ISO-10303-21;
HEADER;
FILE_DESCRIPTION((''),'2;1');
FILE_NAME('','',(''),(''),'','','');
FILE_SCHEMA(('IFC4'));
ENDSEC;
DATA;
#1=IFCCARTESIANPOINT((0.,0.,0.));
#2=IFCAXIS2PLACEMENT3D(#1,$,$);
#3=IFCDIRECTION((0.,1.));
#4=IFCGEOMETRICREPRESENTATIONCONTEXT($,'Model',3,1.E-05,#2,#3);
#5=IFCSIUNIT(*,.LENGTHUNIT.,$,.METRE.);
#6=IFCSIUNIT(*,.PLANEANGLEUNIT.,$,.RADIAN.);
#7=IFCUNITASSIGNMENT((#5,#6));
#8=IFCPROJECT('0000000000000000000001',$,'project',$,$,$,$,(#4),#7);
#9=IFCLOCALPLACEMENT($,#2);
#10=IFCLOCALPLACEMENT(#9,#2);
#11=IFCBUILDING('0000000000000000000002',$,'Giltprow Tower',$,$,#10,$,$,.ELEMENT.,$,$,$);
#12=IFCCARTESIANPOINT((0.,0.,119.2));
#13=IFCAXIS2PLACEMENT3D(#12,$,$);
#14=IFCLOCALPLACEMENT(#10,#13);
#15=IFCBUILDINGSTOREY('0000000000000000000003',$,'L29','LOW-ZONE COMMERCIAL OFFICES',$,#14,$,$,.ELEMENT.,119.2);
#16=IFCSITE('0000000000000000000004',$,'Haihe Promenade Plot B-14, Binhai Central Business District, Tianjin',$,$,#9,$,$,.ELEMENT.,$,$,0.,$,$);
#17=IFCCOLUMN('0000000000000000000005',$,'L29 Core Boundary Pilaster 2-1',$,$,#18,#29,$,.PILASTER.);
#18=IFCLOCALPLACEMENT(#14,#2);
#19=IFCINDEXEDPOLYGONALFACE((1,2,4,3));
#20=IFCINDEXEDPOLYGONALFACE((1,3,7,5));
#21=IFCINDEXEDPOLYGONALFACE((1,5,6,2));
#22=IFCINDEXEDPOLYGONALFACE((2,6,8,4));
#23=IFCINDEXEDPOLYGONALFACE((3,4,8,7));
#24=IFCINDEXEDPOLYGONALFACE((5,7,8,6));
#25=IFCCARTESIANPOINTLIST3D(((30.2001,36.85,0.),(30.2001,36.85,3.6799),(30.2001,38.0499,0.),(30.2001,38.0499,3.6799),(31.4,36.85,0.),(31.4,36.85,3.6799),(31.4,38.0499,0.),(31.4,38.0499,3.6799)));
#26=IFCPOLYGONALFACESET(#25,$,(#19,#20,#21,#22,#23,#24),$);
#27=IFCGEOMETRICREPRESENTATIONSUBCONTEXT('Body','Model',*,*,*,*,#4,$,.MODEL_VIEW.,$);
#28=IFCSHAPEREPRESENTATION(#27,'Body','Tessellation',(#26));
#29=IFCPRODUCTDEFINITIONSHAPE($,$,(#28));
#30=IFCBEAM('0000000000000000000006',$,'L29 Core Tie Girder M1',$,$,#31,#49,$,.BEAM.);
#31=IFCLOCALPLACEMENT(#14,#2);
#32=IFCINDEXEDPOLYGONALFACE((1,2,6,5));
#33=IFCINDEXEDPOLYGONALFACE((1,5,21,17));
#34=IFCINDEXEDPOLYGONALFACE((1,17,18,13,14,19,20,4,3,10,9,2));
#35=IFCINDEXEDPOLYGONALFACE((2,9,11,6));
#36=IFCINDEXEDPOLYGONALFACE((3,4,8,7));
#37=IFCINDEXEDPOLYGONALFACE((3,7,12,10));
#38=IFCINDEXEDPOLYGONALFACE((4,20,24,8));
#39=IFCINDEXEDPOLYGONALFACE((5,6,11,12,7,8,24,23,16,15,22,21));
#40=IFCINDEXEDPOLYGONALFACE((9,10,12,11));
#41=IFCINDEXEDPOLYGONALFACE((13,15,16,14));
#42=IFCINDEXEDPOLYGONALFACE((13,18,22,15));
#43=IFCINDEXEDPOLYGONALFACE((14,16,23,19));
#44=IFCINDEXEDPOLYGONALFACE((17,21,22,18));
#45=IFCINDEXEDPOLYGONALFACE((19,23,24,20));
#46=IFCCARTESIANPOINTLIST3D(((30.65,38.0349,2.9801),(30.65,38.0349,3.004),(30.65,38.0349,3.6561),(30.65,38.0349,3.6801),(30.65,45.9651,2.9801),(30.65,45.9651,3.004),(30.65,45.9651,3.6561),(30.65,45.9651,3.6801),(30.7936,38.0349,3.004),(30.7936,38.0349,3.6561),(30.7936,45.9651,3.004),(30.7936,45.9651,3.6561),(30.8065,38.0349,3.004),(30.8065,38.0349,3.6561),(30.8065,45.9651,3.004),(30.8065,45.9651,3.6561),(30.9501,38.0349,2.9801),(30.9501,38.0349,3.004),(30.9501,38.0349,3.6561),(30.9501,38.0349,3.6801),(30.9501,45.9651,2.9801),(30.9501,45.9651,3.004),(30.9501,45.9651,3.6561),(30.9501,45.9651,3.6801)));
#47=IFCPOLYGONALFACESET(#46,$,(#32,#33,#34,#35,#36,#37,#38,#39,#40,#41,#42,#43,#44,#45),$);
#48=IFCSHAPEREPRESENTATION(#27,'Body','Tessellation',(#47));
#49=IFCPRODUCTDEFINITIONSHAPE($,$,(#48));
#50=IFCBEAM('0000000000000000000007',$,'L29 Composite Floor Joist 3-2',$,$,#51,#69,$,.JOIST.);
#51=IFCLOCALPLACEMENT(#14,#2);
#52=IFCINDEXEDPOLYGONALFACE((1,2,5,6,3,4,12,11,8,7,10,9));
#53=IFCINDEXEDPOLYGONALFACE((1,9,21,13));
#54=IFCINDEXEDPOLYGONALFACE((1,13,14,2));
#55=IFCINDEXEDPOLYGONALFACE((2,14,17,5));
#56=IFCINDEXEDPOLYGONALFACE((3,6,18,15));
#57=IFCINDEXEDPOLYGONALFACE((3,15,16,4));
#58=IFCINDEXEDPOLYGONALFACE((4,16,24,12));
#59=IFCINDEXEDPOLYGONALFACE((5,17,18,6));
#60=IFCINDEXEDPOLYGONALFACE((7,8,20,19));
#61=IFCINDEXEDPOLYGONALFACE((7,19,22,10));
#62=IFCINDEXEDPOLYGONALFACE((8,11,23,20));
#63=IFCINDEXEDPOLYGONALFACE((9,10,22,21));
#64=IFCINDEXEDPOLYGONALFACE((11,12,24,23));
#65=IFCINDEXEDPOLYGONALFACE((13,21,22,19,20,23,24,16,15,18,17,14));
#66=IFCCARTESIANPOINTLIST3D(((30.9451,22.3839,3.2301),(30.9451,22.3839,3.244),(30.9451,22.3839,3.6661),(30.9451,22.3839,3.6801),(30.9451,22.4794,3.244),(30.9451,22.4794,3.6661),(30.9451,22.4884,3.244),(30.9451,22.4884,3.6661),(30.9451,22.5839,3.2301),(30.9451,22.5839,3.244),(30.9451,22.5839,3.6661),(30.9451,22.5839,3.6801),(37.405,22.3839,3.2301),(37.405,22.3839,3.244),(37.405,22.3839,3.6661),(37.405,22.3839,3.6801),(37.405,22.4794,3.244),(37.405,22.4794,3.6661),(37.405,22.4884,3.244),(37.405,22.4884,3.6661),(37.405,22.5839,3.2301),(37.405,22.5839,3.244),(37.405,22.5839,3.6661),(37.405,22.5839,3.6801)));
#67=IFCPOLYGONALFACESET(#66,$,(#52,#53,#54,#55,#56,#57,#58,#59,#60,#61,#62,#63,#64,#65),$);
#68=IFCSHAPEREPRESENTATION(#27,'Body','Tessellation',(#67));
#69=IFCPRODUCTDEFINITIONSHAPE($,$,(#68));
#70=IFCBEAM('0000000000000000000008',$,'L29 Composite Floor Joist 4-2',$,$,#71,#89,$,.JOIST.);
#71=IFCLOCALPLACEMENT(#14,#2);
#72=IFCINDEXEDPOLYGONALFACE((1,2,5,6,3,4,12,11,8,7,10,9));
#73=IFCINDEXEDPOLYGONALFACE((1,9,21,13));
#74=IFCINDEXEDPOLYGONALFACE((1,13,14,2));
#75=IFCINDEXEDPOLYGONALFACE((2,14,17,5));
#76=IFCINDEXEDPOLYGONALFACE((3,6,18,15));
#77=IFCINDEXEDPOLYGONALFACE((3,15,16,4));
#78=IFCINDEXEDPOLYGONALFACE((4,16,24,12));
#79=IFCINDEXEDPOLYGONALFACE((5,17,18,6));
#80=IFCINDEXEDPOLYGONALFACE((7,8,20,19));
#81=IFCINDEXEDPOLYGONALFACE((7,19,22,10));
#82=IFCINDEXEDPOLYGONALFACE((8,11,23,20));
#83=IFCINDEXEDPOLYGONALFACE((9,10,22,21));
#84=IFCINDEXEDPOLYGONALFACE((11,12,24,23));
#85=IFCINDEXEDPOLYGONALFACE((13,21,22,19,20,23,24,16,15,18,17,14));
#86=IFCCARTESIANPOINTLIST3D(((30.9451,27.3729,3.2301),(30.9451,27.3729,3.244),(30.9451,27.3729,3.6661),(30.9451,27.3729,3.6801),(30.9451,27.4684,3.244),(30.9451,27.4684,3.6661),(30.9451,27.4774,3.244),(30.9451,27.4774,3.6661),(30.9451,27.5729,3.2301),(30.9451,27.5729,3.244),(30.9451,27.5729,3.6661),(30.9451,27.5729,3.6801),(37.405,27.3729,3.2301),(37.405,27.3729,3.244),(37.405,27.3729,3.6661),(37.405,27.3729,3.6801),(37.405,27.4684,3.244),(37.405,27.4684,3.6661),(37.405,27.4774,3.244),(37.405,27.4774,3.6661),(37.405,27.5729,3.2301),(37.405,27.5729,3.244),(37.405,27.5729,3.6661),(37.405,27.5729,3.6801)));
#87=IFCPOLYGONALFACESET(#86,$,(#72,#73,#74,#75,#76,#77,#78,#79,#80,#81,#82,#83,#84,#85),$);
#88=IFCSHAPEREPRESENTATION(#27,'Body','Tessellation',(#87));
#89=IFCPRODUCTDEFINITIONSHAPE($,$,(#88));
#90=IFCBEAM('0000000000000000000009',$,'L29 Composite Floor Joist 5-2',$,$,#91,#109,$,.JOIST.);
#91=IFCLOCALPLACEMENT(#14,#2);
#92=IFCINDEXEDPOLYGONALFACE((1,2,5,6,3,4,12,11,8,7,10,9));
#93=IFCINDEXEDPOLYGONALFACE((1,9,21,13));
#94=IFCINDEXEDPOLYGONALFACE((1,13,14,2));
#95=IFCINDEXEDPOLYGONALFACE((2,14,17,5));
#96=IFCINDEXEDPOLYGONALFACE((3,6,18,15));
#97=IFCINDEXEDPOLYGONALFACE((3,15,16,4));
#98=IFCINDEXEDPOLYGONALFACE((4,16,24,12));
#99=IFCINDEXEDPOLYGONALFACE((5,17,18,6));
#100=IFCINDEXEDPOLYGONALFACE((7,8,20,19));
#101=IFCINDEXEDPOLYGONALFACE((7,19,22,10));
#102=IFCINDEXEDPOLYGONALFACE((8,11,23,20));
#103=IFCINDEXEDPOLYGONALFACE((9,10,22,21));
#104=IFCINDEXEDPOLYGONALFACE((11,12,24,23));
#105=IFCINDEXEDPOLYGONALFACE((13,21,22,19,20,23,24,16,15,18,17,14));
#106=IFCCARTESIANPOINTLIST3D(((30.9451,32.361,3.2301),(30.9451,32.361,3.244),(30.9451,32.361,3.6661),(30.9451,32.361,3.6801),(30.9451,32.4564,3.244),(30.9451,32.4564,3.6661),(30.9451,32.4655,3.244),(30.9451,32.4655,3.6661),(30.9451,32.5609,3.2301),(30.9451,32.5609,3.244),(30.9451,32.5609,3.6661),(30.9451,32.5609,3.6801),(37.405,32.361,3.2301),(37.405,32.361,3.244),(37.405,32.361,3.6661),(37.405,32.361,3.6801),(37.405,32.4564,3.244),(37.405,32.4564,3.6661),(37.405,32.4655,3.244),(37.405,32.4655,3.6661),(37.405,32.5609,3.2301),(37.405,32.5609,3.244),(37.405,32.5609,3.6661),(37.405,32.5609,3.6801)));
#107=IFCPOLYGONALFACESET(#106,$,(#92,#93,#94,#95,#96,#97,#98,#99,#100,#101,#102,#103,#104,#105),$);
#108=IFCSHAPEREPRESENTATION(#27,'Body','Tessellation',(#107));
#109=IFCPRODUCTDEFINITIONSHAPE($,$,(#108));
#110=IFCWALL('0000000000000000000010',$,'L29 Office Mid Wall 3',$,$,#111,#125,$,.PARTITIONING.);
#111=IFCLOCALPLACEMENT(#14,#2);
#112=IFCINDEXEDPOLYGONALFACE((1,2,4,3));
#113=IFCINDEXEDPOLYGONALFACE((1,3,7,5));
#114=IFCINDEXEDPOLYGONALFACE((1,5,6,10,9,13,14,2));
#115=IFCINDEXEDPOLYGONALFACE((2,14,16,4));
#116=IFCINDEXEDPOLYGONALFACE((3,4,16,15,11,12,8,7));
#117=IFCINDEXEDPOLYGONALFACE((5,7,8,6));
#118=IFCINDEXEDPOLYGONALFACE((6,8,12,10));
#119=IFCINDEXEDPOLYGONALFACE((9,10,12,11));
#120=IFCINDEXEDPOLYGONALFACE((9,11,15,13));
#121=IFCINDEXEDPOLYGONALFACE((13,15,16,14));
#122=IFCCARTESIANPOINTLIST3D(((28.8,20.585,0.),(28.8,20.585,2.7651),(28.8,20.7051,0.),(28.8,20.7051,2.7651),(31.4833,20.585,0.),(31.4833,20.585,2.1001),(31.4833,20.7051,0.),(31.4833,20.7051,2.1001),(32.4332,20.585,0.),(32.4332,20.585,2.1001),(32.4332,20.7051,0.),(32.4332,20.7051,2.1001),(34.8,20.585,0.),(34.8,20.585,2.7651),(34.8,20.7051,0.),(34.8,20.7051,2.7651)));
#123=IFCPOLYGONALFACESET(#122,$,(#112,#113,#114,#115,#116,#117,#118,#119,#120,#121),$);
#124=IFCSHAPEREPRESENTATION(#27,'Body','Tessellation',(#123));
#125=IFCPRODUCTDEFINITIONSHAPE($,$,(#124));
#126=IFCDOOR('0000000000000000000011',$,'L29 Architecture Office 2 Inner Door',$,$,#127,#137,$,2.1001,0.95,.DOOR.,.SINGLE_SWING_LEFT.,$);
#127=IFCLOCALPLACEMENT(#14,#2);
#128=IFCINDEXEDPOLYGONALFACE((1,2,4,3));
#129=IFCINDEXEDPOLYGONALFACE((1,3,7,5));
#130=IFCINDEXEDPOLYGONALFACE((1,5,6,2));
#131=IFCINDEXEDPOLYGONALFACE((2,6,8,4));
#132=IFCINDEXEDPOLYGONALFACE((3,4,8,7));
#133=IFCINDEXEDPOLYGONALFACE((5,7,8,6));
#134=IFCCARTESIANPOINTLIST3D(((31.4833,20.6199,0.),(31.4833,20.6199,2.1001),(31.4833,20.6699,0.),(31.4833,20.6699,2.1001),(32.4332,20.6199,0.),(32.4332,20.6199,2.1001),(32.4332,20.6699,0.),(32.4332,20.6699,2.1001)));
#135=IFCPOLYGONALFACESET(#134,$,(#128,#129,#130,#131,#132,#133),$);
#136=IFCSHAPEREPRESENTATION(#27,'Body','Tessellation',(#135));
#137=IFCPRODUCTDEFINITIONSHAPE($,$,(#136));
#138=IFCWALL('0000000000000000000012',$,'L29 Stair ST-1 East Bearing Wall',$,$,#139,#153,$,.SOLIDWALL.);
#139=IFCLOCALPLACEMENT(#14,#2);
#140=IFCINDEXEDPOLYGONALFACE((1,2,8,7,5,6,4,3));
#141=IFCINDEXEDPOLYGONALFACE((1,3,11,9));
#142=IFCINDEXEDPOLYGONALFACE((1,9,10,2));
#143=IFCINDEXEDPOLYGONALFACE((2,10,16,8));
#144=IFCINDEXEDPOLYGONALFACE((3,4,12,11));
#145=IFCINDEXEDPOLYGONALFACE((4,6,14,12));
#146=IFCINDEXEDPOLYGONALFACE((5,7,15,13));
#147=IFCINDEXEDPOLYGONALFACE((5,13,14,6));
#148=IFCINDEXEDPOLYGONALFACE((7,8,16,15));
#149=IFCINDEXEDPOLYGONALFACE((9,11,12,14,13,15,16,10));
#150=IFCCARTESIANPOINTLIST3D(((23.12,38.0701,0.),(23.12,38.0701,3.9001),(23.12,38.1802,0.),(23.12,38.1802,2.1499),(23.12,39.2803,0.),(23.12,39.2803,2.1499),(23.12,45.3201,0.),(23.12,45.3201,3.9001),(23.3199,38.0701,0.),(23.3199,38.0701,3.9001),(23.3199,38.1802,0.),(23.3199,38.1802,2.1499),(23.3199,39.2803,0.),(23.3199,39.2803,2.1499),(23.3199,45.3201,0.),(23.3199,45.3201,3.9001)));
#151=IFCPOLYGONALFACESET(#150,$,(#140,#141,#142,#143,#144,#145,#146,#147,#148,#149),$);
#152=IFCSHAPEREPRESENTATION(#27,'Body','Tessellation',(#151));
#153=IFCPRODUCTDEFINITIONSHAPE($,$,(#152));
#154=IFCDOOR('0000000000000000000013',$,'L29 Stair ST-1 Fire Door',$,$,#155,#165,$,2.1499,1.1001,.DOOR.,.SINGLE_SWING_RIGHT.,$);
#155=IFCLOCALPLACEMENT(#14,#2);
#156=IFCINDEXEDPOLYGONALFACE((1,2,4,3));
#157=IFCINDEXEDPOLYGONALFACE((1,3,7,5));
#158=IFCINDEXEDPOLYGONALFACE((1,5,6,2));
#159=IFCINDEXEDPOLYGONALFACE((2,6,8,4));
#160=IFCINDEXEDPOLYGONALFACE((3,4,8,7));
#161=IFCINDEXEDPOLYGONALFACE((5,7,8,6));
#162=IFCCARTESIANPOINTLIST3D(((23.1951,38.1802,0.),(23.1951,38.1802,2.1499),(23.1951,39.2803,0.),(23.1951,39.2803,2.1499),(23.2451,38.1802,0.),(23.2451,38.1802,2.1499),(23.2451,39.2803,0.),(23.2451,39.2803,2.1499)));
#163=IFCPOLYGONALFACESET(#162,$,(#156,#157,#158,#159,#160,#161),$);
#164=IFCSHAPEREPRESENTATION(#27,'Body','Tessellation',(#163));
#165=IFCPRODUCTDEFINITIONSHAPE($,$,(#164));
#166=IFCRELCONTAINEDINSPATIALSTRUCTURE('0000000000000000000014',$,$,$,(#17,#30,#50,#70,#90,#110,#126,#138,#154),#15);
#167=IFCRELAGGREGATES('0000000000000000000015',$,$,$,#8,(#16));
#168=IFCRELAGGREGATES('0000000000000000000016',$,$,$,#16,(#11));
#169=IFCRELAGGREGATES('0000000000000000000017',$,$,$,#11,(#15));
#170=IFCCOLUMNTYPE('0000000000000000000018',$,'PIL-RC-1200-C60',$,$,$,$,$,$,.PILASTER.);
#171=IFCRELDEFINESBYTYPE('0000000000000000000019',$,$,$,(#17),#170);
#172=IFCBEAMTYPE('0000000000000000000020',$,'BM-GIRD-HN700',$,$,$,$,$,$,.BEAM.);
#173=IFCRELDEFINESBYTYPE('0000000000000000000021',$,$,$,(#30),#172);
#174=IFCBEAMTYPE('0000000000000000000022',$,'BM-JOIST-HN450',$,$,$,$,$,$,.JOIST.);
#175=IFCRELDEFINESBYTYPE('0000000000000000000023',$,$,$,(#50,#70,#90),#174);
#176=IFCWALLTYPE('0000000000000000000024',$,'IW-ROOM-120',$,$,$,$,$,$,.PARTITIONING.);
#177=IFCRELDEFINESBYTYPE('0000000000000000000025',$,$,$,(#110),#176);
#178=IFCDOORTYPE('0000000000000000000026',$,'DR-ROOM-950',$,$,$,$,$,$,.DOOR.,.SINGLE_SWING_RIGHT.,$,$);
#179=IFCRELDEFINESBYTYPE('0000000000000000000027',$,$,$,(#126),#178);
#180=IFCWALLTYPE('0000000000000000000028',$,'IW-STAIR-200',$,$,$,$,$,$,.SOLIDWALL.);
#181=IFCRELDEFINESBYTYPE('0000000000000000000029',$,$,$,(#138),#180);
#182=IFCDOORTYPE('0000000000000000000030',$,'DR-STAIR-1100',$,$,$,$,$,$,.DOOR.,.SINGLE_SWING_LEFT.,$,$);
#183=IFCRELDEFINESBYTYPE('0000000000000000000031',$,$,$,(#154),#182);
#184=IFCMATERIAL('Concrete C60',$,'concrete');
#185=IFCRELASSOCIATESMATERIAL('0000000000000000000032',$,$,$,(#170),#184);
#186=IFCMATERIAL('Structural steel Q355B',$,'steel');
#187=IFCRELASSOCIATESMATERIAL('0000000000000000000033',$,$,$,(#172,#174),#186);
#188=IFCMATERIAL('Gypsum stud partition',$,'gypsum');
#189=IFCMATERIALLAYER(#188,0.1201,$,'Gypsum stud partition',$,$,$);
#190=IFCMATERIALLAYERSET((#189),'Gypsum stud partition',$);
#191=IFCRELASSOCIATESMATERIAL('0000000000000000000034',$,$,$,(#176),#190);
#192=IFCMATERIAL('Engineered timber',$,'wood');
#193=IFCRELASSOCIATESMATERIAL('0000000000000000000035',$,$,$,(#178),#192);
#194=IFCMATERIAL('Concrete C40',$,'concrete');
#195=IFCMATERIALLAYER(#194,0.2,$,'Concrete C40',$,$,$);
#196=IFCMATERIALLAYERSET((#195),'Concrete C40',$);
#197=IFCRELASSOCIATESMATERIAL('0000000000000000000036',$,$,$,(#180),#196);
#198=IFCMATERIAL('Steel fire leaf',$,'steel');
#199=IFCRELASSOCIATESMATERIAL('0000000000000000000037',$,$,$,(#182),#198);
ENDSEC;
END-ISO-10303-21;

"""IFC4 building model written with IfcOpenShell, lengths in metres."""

from ifc_helpers import new_model, si_unit, direction, frame, frame_2d, origin, origin_2d, place, context, subcontext, project, spatial, rectangle, i_section, extrude, source, transform, mapped, material, layer, layer_set, material_profile, profile_set, type_object, element, fill, save


model = new_model("IFC4")

# Units and contexts
model_context = context("Model", 3, precision=1e-05, world=origin(), true_north=direction((0.0, 1.0)))
body_context = subcontext(model_context, "Body", "Model", "MODEL_VIEW")
ifc_project = project(units=[si_unit("LENGTHUNIT", "METRE"), si_unit("PLANEANGLEUNIT", "RADIAN")], contexts=[model_context])

# Site, building, storey
site_placement = place(None, origin())
site = spatial("IfcSite", under=ifc_project, at=site_placement, Name="Haihe Promenade Plot B-14, Binhai Central Business District, Tianjin", CompositionType="ELEMENT", RefElevation=0.0)
building_placement = place(site_placement, origin())
building = spatial("IfcBuilding", under=site, at=building_placement, Name="Giltprow Tower", CompositionType="ELEMENT")
storey_placement = place(building_placement, frame((0.0, 0.0, 119.2)))
storey = spatial("IfcBuildingStorey", under=building, at=storey_placement, Name="L29", Description="LOW-ZONE COMMERCIAL OFFICES", CompositionType="ELEMENT", Elevation=119.2)

# Column
ifc_material_1 = material(Name="Concrete C60", Category="concrete")
ifc_material_profile_1 = material_profile(ifc_material_1, rectangle(XDim=1.2, YDim=1.2, at=origin_2d()), Name="RC 1200x1200")
ifc_profile_set_1 = profile_set([ifc_material_profile_1], Name="Concrete C60")
column_type = type_object("IfcColumnType", Name="PIL-RC-1200-C60", PredefinedType="PILASTER", material=ifc_profile_set_1)
shared_shape_1 = source(origin(), body_context, "Body", "SweptSolid", [
    extrude(rectangle(XDim=1.2, YDim=1.2, at=origin_2d()), origin(), (0.0, 0.0, 1.0), 3.6799),
])
column_placement = place(storey_placement, frame((30.8, 37.45, 0.0), z_axis=(0.0, 0.0, 1.0), x_axis=(1.0, 0.0, 0.0)))
element("IfcColumn", 1, at=column_placement, inside=storey, type_object=column_type, Name="L29 Core Boundary Pilaster 2-1", PredefinedType="PILASTER", context=body_context, shape_type="MappedRepresentation", body=[
    mapped(shared_shape_1, transform((0.0, 0.0, 0.0), x_axis=(1.0, 0.0, 0.0), y_axis=(0.0, 1.0, 0.0), z_axis=(0.0, 0.0, 1.0), scale=1.0)),
])

# Beams
ifc_material_2 = material(Name="Structural steel Q355B", Category="steel")
ifc_material_profile_2 = material_profile(ifc_material_2, i_section(OverallWidth=0.3, OverallDepth=0.7, WebThickness=0.0129, FlangeThickness=0.0239, at=origin_2d()), Name="HN 700x300x13x24")
ifc_profile_set_2 = profile_set([ifc_material_profile_2], Name="Structural steel Q355B")
beam_type_1 = type_object("IfcBeamType", Name="BM-GIRD-HN700", PredefinedType="BEAM", material=ifc_profile_set_2)
shared_shape_2 = source(origin(), body_context, "Body", "SweptSolid", [
    extrude(i_section(OverallWidth=0.3, OverallDepth=0.7, WebThickness=0.0129, FlangeThickness=0.0239, at=origin_2d()), origin(), (0.0, 0.0, 1.0), 7.9302),
])
beam_placement = place(storey_placement, frame((30.8, 38.0349, 3.3301), z_axis=(0.0, 1.0, 0.0), x_axis=(-1.0, 0.0, 0.0)))
element("IfcBeam", 2, at=beam_placement, inside=storey, type_object=beam_type_1, Name="L29 Core Tie Girder M1", PredefinedType="BEAM", context=body_context, shape_type="MappedRepresentation", body=[
    mapped(shared_shape_2, transform((0.0, 0.0, 0.0), x_axis=(1.0, 0.0, 0.0), y_axis=(0.0, 1.0, 0.0), z_axis=(0.0, 0.0, 1.0), scale=1.0)),
])
ifc_material_profile_3 = material_profile(ifc_material_2, i_section(OverallWidth=0.2, OverallDepth=0.45, WebThickness=0.009, FlangeThickness=0.0139, at=origin_2d()), Name="HN 450x200x9x14")
ifc_profile_set_3 = profile_set([ifc_material_profile_3], Name="Structural steel Q355B")
beam_type_2 = type_object("IfcBeamType", Name="BM-JOIST-HN450", PredefinedType="JOIST", material=ifc_profile_set_3)
shared_shape_3 = source(origin(), body_context, "Body", "SweptSolid", [
    extrude(i_section(OverallWidth=0.2, OverallDepth=0.45, WebThickness=0.009, FlangeThickness=0.0139, at=origin_2d()), origin(), (0.0, 0.0, 1.0), 6.46),
])
for number, where, z_axis, x_axis, name in (
    (3, (30.9451, 22.4839, 3.4551), (1.0, 0.0, 0.0), (0.0, 1.0, 0.0), "L29 Composite Floor Joist 3-2"),
    (4, (30.9451, 27.4729, 3.4551), (1.0, 0.0, 0.0), (0.0, 1.0, 0.0), "L29 Composite Floor Joist 4-2"),
    (5, (30.9451, 32.4609, 3.4551), (1.0, 0.0, 0.0), (0.0, 1.0, 0.0), "L29 Composite Floor Joist 5-2"),
):
    element("IfcBeam", number, at=place(storey_placement, frame(where, z_axis=z_axis, x_axis=x_axis)), inside=storey, type_object=beam_type_2, Name=name, PredefinedType="JOIST", context=body_context, shape_type="MappedRepresentation", body=[
        mapped(shared_shape_3, transform((0.0, 0.0, 0.0), x_axis=(1.0, 0.0, 0.0), y_axis=(0.0, 1.0, 0.0), z_axis=(0.0, 0.0, 1.0), scale=1.0)),
    ])

# Walls, openings, doors
ifc_material_3 = material(Name="Gypsum stud partition", Category="gypsum")
ifc_layer_1 = layer(ifc_material_3, 0.1201, Name="Gypsum stud partition")
ifc_layer_set_1 = layer_set([ifc_layer_1], Name="Gypsum stud partition")
wall_type_1 = type_object("IfcWallType", Name="IW-ROOM-120", PredefinedType="PARTITIONING", material=ifc_layer_set_1)
wall_1_placement = place(storey_placement, frame((28.8, 20.645, 0.0), z_axis=(0.0, 0.0, 1.0), x_axis=(1.0, 0.0, 0.0)))
wall_1 = element("IfcWall", 6, at=wall_1_placement, inside=storey, type_object=wall_type_1, Name="L29 Office Mid Wall 3", PredefinedType="PARTITIONING", context=body_context, shape_type="SweptSolid", body=[
    extrude(rectangle(XDim=6.0, YDim=0.1201, at=frame_2d((3.0, 0.0))), origin(), (0.0, 0.0, 1.0), 2.7651),
])
opening_1_placement = place(wall_1_placement, frame((2.6831, 0.0, 0.0)))
opening_1 = element("IfcOpeningElement", 7, at=opening_1_placement, cuts=wall_1, PredefinedType="OPENING", context=body_context, shape_type="SweptSolid", body=[
    extrude(rectangle(XDim=0.95, YDim=2.1001, at=frame_2d((0.4751, 1.05))), frame((0.0, 0.0701, 0.0), z_axis=(0.0, -1.0, 0.0), x_axis=(1.0, 0.0, 0.0)), (0.0, 0.0, 1.0), 0.1401),
])
ifc_material_4 = material(Name="Engineered timber", Category="wood")
door_type_1 = type_object("IfcDoorType", Name="DR-ROOM-950", OperationType="SINGLE_SWING_RIGHT", PredefinedType="DOOR", material=ifc_material_4)
shared_shape_4 = source(origin(), body_context, "Body", "SweptSolid", [
    extrude(rectangle(XDim=0.95, YDim=2.1001, at=frame_2d((0.4751, 1.05))), frame((0.0, 0.0249, 0.0), z_axis=(0.0, -1.0, 0.0), x_axis=(1.0, 0.0, 0.0)), (0.0, 0.0, 1.0), 0.05),
])
door_1_placement = place(opening_1_placement, origin())
door_1 = element("IfcDoor", 8, at=door_1_placement, inside=storey, type_object=door_type_1, Name="L29 Architecture Office 2 Inner Door", OperationType="SINGLE_SWING_LEFT", OverallHeight=2.1001, OverallWidth=0.95, PredefinedType="DOOR", context=body_context, shape_type="MappedRepresentation", body=[
    mapped(shared_shape_4, transform((0.0, 0.0, 0.0), x_axis=(1.0, 0.0, 0.0), y_axis=(0.0, 1.0, 0.0), z_axis=(0.0, 0.0, 1.0), scale=1.0)),
])
fill(opening_1, door_1)
ifc_material_5 = material(Name="Concrete C40", Category="concrete")
ifc_layer_2 = layer(ifc_material_5, 0.2, Name="Concrete C40")
ifc_layer_set_2 = layer_set([ifc_layer_2], Name="Concrete C40")
wall_type_2 = type_object("IfcWallType", Name="IW-STAIR-200", PredefinedType="SOLIDWALL", material=ifc_layer_set_2)
wall_2_placement = place(storey_placement, frame((23.22, 38.0701, 0.0), z_axis=(0.0, 0.0, 1.0), x_axis=(0.0, 1.0, 0.0)))
wall_2 = element("IfcWall", 9, at=wall_2_placement, inside=storey, type_object=wall_type_2, Name="L29 Stair ST-1 East Bearing Wall", PredefinedType="SOLIDWALL", context=body_context, shape_type="SweptSolid", body=[
    extrude(rectangle(XDim=7.25, YDim=0.2, at=frame_2d((3.625, 0.0))), origin(), (0.0, 0.0, 1.0), 3.9001),
])
opening_2_placement = place(wall_2_placement, frame((0.1101, 0.0, 0.0)))
opening_2 = element("IfcOpeningElement", 10, at=opening_2_placement, cuts=wall_2, PredefinedType="OPENING", context=body_context, shape_type="SweptSolid", body=[
    extrude(rectangle(XDim=1.1001, YDim=2.1499, at=frame_2d((0.55, 1.075))), frame((0.0, 0.1099, 0.0), z_axis=(0.0, -1.0, 0.0), x_axis=(1.0, 0.0, 0.0)), (0.0, 0.0, 1.0), 0.22),
])
ifc_material_6 = material(Name="Steel fire leaf", Category="steel")
door_type_2 = type_object("IfcDoorType", Name="DR-STAIR-1100", OperationType="SINGLE_SWING_LEFT", PredefinedType="DOOR", material=ifc_material_6)
shared_shape_5 = source(origin(), body_context, "Body", "SweptSolid", [
    extrude(rectangle(XDim=1.1001, YDim=2.1499, at=frame_2d((0.55, 1.075))), frame((0.0, 0.0249, 0.0), z_axis=(0.0, -1.0, 0.0), x_axis=(1.0, 0.0, 0.0)), (0.0, 0.0, 1.0), 0.05),
])
door_2_placement = place(opening_2_placement, origin())
door_2 = element("IfcDoor", 11, at=door_2_placement, inside=storey, type_object=door_type_2, Name="L29 Stair ST-1 Fire Door", OperationType="SINGLE_SWING_RIGHT", OverallHeight=2.1499, OverallWidth=1.1001, PredefinedType="DOOR", context=body_context, shape_type="MappedRepresentation", body=[
    mapped(shared_shape_5, transform((0.0, 0.0, 0.0), x_axis=(1.0, 0.0, 0.0), y_axis=(0.0, 1.0, 0.0), z_axis=(0.0, 0.0, 1.0), scale=1.0)),
])
fill(opening_2, door_2)

save(model, "model.ifc")
